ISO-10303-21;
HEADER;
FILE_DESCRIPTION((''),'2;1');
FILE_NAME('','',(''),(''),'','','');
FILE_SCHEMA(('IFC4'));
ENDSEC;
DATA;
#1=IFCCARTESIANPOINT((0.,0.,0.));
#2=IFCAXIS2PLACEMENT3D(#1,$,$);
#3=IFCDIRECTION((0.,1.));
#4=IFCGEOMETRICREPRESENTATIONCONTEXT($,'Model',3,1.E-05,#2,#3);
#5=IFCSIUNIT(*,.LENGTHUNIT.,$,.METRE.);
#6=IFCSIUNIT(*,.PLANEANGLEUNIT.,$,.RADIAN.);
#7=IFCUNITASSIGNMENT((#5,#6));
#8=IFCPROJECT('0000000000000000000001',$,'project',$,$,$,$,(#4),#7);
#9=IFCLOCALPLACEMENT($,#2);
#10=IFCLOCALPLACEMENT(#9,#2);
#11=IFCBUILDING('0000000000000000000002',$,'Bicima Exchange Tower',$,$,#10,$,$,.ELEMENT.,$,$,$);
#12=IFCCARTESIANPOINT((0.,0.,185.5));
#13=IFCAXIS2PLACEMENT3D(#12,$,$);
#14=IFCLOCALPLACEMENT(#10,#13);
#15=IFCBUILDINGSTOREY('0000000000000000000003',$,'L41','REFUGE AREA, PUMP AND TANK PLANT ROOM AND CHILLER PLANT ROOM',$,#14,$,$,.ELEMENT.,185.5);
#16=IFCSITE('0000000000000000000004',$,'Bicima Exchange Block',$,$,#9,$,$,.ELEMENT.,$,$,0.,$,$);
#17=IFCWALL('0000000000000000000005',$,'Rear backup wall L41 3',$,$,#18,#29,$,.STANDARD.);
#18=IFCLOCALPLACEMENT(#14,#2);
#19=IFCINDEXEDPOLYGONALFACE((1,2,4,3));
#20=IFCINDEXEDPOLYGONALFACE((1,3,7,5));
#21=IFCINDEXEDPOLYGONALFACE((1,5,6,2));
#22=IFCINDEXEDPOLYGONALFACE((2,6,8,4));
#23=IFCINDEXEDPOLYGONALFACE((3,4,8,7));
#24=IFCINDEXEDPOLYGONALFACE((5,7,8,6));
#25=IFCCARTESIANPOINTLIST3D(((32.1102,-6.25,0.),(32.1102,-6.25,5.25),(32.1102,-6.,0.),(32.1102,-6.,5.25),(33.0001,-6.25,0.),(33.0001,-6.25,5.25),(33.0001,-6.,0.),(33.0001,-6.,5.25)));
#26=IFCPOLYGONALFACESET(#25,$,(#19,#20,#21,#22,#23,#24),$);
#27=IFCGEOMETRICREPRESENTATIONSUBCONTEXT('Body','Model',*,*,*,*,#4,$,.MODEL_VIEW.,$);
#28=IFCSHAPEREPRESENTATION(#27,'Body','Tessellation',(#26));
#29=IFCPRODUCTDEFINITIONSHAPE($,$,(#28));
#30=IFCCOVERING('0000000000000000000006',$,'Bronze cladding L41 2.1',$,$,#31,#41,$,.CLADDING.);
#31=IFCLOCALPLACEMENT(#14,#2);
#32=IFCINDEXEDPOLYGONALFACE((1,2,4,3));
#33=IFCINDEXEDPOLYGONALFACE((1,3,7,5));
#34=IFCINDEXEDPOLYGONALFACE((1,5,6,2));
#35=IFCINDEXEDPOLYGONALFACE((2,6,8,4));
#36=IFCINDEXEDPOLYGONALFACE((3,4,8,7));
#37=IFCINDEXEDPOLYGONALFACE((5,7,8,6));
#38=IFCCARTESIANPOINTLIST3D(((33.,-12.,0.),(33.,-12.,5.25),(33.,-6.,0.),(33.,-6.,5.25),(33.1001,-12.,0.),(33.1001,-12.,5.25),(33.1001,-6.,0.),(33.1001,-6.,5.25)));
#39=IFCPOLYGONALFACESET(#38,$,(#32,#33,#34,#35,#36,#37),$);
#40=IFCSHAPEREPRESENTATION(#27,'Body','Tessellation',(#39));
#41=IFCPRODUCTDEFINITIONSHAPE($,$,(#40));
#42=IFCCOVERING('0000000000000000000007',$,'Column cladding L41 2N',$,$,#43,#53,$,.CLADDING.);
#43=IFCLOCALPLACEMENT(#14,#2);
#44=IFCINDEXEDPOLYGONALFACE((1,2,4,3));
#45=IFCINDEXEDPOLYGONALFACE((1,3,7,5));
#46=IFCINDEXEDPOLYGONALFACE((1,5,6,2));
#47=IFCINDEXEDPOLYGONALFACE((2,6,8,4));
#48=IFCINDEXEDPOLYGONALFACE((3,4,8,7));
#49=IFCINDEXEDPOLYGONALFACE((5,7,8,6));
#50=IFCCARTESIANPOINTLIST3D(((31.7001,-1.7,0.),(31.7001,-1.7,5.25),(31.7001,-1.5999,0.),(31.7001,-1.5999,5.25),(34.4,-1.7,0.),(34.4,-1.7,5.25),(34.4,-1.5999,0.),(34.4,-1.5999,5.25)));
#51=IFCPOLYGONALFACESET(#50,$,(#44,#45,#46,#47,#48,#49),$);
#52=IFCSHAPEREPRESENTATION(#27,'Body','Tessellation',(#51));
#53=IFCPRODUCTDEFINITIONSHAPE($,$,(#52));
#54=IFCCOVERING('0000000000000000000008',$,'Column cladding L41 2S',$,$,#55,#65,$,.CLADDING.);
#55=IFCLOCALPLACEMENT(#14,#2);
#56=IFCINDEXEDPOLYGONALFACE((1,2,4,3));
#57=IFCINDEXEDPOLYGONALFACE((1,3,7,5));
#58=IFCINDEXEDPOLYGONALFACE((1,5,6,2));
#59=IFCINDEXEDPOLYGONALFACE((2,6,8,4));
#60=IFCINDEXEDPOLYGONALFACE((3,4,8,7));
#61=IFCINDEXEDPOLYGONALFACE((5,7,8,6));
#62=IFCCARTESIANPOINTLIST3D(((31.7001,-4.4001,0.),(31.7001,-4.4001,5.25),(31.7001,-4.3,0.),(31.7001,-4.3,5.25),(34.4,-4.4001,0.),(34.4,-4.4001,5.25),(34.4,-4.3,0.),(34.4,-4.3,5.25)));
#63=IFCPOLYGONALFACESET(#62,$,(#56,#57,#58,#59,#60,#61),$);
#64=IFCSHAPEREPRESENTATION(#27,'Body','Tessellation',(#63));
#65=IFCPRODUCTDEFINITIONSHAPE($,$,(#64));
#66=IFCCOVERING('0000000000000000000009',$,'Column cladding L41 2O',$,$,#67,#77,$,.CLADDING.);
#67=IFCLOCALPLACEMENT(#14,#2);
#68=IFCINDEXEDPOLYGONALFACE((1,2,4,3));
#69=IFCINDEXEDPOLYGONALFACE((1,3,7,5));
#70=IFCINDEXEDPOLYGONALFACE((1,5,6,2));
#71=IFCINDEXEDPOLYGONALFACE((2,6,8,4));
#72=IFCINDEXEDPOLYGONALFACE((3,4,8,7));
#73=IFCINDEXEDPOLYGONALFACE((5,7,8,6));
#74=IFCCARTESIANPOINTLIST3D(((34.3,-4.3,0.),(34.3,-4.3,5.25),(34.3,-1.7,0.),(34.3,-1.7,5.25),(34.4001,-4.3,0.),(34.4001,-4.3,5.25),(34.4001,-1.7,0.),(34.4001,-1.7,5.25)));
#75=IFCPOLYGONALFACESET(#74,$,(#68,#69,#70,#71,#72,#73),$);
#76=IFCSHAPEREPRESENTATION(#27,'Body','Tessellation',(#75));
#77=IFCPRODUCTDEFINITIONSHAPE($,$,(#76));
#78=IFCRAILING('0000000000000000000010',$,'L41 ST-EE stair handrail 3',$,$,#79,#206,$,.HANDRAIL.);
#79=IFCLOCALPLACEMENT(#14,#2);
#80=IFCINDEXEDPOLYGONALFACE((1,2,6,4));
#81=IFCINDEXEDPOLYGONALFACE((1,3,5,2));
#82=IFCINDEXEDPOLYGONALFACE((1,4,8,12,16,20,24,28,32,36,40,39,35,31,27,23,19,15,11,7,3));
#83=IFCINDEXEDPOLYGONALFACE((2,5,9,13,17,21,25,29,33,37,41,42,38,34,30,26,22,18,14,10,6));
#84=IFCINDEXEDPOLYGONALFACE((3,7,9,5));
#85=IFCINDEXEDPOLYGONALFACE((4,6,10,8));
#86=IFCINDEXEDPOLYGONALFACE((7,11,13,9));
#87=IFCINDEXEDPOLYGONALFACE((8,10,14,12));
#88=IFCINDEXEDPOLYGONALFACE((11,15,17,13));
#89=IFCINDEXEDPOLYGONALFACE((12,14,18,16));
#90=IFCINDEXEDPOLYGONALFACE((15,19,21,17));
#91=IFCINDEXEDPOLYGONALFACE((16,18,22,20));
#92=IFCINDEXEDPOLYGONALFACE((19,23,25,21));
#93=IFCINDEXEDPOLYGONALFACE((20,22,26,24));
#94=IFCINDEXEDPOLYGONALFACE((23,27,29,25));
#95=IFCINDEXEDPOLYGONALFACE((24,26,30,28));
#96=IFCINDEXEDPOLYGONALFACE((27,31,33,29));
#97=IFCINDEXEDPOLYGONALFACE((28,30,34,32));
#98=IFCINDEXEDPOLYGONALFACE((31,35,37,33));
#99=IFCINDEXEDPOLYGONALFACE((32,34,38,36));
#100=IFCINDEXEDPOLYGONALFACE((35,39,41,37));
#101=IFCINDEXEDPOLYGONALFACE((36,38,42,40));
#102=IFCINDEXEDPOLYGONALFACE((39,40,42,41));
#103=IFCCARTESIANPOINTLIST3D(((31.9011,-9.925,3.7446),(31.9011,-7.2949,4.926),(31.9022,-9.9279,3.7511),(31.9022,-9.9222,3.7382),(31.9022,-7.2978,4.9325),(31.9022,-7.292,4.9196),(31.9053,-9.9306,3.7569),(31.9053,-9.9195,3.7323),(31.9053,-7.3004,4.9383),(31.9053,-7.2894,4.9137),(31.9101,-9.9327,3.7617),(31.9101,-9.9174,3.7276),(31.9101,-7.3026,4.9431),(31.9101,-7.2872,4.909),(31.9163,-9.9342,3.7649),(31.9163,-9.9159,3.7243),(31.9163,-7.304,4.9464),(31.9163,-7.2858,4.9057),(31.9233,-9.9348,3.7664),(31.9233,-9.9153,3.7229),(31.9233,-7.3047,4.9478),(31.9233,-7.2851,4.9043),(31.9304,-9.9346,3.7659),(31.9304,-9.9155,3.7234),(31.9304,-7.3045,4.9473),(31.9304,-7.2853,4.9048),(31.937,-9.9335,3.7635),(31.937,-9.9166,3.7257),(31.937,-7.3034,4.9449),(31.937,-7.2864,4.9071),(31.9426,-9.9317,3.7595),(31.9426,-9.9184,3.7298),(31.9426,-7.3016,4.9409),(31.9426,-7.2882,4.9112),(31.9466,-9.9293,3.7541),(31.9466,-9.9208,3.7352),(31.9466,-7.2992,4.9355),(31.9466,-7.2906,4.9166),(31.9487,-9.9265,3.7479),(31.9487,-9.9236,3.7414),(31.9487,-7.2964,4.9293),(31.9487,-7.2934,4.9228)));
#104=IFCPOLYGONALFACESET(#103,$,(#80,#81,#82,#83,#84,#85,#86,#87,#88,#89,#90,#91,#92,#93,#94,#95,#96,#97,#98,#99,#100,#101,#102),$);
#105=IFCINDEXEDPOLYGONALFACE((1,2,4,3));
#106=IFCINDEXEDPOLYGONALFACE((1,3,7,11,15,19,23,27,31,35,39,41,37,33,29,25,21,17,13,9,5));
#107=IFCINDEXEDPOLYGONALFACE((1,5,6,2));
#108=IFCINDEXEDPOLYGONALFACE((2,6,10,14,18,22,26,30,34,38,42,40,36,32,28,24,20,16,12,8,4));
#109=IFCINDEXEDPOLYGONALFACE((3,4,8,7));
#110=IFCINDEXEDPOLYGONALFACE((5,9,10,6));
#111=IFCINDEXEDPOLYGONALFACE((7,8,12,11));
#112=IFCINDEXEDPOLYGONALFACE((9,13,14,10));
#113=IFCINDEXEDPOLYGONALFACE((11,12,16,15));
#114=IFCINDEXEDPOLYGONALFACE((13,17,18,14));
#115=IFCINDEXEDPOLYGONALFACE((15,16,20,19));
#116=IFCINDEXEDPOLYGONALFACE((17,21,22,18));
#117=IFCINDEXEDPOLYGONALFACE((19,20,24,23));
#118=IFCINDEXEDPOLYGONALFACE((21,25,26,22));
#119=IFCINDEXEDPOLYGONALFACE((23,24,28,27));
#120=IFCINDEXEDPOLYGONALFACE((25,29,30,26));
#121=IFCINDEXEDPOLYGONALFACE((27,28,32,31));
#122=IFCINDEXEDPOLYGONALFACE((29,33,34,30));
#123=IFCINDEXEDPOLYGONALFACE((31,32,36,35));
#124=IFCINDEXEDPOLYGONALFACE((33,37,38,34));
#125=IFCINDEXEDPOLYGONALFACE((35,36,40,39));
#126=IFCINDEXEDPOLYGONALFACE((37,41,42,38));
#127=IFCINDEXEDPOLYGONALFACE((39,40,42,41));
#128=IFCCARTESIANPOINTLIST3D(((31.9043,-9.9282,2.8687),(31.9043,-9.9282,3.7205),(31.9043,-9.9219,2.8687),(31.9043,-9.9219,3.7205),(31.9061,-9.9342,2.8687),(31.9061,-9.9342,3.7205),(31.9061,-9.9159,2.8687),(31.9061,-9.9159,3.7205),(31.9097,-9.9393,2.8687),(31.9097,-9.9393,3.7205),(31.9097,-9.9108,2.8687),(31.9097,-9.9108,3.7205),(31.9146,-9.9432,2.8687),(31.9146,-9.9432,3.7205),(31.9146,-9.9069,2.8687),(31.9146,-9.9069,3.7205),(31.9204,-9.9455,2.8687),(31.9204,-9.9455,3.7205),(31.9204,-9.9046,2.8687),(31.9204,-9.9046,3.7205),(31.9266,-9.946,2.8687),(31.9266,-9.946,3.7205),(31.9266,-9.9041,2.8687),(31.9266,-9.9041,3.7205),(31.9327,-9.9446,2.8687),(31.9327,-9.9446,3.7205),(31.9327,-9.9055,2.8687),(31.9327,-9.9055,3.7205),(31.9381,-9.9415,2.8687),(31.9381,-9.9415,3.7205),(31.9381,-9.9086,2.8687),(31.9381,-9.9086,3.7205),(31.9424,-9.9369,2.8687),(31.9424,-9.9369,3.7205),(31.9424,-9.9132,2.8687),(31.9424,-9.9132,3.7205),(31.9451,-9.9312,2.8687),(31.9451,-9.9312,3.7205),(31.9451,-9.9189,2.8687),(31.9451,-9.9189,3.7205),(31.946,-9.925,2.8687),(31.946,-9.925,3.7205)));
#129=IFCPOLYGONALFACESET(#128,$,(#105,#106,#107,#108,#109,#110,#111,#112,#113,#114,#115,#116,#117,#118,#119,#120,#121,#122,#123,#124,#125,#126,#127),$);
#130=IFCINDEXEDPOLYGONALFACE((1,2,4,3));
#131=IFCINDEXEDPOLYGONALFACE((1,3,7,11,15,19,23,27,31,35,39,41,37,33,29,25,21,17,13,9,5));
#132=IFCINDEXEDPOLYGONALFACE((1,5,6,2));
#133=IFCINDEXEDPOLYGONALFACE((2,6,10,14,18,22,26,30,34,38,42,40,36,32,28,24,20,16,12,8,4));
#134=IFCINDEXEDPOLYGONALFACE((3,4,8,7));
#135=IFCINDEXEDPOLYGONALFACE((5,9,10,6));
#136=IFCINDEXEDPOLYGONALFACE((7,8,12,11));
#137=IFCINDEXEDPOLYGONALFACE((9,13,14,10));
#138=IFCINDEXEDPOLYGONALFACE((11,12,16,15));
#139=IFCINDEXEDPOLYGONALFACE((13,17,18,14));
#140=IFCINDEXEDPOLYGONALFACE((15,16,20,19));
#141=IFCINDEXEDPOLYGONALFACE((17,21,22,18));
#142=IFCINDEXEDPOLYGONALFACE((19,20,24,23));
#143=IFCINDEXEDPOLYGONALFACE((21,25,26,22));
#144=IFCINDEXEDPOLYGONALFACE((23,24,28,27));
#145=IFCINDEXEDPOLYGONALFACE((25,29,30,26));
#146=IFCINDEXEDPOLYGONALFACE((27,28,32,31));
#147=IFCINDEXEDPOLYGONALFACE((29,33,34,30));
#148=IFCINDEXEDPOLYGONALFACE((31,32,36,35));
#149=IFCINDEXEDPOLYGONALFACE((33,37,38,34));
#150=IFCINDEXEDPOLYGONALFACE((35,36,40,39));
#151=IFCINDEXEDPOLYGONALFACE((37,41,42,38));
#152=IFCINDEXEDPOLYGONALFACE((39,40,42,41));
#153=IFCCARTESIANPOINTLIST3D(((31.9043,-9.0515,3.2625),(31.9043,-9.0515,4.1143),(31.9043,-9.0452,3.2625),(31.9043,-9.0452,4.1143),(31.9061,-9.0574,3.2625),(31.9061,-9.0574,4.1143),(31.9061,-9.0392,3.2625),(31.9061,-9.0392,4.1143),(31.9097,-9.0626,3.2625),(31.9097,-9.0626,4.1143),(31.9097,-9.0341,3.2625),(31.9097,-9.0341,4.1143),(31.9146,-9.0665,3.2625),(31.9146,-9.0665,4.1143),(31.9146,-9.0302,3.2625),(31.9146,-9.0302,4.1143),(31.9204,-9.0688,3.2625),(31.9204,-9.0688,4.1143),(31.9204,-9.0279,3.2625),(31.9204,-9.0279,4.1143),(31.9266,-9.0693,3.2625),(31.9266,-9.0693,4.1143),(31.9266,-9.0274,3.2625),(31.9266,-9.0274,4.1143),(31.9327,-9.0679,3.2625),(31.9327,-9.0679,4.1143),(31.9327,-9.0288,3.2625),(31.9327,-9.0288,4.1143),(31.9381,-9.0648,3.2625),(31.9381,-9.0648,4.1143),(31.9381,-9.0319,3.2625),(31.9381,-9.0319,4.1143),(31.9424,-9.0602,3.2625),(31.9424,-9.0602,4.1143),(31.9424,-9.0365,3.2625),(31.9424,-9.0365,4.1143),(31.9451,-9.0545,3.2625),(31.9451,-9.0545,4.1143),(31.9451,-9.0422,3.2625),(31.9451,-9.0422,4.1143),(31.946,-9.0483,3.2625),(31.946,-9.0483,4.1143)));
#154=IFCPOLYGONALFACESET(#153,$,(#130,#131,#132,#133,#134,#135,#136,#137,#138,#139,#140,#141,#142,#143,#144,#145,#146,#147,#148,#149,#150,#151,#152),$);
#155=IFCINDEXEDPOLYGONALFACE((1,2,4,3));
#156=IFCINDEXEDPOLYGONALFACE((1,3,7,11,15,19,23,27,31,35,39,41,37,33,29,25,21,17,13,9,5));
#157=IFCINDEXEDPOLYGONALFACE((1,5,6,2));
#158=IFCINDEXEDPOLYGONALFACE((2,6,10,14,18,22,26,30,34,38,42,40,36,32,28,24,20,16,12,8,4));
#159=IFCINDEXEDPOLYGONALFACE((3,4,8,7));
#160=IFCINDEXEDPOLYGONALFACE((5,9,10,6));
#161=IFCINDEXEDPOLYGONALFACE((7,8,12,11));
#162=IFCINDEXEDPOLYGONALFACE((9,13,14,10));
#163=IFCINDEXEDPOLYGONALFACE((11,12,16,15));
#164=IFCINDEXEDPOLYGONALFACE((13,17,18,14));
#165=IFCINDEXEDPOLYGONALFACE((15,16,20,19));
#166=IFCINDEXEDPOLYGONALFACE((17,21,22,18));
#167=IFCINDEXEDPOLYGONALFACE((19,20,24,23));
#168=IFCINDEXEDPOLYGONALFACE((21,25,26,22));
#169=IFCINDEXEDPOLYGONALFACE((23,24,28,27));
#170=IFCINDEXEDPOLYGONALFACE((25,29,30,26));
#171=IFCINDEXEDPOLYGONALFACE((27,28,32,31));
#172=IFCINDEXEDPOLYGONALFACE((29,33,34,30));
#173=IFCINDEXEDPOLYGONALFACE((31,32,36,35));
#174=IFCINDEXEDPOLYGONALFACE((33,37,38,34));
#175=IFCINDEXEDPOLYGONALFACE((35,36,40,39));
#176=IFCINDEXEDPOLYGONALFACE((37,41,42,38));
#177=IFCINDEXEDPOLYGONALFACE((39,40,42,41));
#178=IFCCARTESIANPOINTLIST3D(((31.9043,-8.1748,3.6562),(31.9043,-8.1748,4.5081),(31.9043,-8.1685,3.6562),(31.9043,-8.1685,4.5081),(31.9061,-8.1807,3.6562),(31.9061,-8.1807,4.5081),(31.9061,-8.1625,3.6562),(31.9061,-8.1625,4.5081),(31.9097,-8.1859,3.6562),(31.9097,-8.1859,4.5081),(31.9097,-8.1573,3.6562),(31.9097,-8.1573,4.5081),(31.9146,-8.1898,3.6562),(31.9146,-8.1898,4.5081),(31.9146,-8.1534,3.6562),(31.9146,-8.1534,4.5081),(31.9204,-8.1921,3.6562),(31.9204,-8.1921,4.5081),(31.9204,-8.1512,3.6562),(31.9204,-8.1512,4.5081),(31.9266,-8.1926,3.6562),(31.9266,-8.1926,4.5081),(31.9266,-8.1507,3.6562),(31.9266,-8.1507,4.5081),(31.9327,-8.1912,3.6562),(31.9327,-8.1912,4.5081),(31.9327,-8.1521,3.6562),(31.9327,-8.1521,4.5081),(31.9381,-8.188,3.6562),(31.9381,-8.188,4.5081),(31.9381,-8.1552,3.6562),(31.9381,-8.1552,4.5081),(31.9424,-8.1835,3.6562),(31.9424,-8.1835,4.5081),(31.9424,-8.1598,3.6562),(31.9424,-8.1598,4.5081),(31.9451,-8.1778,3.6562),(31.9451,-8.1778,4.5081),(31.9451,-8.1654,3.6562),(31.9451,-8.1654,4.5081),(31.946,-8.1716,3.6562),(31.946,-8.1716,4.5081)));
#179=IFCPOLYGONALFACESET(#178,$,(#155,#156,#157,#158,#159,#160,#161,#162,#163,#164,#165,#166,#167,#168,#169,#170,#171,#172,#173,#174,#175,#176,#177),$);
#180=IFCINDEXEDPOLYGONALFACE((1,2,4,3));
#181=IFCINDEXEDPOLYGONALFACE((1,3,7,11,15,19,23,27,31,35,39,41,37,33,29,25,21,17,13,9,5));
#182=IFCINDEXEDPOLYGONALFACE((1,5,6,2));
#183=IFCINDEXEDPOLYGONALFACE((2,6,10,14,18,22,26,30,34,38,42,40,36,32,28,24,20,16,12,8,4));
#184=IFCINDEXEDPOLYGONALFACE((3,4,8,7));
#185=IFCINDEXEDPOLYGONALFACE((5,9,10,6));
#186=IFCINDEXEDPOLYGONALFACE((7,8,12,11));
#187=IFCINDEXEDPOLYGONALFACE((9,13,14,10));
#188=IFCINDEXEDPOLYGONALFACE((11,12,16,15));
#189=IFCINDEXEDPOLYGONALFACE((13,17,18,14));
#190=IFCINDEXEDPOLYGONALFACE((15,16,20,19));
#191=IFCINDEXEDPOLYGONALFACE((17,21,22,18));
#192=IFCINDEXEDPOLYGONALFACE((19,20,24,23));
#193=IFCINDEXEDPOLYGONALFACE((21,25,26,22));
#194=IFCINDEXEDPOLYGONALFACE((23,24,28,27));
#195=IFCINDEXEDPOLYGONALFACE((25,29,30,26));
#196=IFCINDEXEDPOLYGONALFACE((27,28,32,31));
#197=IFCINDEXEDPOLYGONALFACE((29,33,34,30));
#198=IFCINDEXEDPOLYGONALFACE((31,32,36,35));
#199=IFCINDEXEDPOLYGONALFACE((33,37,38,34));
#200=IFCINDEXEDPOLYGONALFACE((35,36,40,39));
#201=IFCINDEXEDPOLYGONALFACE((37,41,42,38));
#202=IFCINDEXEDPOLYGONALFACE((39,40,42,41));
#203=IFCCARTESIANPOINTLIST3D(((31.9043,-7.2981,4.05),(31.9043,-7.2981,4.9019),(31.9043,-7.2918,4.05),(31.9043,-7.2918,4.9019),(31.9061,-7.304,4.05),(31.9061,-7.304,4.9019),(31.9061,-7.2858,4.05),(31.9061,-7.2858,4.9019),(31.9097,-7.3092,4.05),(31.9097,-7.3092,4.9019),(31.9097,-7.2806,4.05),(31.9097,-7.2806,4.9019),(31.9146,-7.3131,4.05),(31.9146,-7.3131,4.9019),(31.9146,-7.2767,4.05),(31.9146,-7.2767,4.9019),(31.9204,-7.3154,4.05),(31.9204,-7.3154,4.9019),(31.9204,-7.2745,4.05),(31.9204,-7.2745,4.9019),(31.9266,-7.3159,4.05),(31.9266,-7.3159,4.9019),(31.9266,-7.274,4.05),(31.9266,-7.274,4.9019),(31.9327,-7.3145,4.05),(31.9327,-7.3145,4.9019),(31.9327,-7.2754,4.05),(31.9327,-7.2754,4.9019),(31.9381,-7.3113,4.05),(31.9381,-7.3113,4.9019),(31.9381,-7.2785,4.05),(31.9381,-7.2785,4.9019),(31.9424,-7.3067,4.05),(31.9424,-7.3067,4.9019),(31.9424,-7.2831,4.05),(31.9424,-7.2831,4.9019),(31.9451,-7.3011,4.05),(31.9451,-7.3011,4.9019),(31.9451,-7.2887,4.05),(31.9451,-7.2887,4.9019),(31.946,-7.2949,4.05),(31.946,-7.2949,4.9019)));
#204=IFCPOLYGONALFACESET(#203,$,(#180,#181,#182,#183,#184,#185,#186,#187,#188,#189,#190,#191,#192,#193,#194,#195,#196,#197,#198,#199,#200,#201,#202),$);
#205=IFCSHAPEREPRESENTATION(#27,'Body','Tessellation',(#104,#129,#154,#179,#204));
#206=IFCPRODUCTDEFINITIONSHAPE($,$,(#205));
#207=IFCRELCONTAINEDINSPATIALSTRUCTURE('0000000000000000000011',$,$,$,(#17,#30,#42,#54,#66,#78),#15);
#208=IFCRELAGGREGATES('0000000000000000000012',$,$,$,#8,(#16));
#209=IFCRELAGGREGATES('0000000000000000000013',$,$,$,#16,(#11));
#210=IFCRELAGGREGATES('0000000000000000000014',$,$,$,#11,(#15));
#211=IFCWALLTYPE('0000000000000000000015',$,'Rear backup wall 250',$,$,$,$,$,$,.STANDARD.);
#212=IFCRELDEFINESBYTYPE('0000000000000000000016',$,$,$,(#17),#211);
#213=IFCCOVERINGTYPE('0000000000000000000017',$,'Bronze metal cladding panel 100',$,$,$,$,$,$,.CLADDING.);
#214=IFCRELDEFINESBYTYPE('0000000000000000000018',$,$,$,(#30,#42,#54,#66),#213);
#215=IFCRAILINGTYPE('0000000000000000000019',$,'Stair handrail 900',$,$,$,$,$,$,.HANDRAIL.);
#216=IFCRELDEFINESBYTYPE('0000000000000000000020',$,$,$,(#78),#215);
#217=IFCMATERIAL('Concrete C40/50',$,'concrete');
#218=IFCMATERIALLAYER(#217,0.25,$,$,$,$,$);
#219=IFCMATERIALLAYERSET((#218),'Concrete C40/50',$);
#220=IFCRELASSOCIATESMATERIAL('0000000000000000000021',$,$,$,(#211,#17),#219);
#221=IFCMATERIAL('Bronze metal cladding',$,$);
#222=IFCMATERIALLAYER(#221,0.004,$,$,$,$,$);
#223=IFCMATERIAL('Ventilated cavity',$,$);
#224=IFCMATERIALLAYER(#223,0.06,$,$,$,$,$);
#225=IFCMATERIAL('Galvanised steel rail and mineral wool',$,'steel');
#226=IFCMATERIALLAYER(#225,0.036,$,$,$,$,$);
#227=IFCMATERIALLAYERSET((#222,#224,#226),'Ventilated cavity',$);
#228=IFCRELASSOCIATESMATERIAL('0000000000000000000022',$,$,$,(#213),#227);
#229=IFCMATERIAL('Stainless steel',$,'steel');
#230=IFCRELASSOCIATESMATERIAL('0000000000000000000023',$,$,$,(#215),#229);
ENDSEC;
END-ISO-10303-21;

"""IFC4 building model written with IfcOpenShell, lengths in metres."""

from ifc_helpers import new_model, si_unit, direction, frame, frame_2d, origin, origin_2d, place, context, subcontext, project, spatial, rectangle, circle, extrude, material, layer, layer_set, layer_usage, type_object, element, save


model = new_model("IFC4")

# Units and contexts
model_context = context("Model", 3, precision=1e-05, world=origin(), true_north=direction((0.0, 1.0)))
body_context = subcontext(model_context, "Body", "Model", "MODEL_VIEW")
ifc_project = project(units=[si_unit("LENGTHUNIT", "METRE"), si_unit("PLANEANGLEUNIT", "RADIAN")], contexts=[model_context])

# Site, building, storey
site_placement = place(None, origin())
site = spatial("IfcSite", under=ifc_project, at=site_placement, Name="Bicima Exchange Block", CompositionType="ELEMENT", RefElevation=0.0)
building_placement = place(site_placement, origin())
building = spatial("IfcBuilding", under=site, at=building_placement, Name="Bicima Exchange Tower", CompositionType="ELEMENT")
storey_placement = place(building_placement, frame((0.0, 0.0, 185.5)))
storey = spatial("IfcBuildingStorey", under=building, at=storey_placement, Name="L41", Description="REFUGE AREA, PUMP AND TANK PLANT ROOM AND CHILLER PLANT ROOM", CompositionType="ELEMENT", Elevation=185.5)

# Wall
ifc_material_1 = material(Name="Concrete C40/50", Category="concrete")
ifc_layer_1 = layer(ifc_material_1, 0.25)
ifc_layer_set_1 = layer_set([ifc_layer_1], Name="Concrete C40/50")
ifc_layer_usage = layer_usage(ifc_layer_set_1, "AXIS2", "POSITIVE", -0.125)
wall_type_1 = type_object("IfcWallType", Name="Rear backup wall 250", PredefinedType="STANDARD", material=ifc_layer_set_1)
wall_1_placement = place(storey_placement, frame((33.0, -6.125, 0.0), z_axis=(0.0, 0.0, 1.0), x_axis=(-1.0, 0.0, 0.0)))
element("IfcWall", 1, at=wall_1_placement, inside=storey, type_object=wall_type_1, material=ifc_layer_usage, Name="Rear backup wall L41 3", PredefinedType="STANDARD", context=body_context, shape_type="SweptSolid", body=[
    extrude(rectangle(XDim=0.8899, YDim=0.25, at=frame_2d((0.4448, 0.0))), origin(), (0.0, 0.0, 1.0), 5.25),
])

# Coverings
ifc_material_2 = material(Name="Bronze metal cladding")
ifc_layer_2 = layer(ifc_material_2, 0.004)
ifc_material_3 = material(Name="Ventilated cavity")
ifc_layer_3 = layer(ifc_material_3, 0.06)
ifc_material_4 = material(Name="Galvanised steel rail and mineral wool", Category="steel")
ifc_layer_4 = layer(ifc_material_4, 0.036)
ifc_layer_set_2 = layer_set([ifc_layer_2, ifc_layer_3, ifc_layer_4], Name="Ventilated cavity")
covering_type = type_object("IfcCoveringType", Name="Bronze metal cladding panel 100", PredefinedType="CLADDING", material=ifc_layer_set_2)
covering_1_placement = place(storey_placement, frame((33.05, -9.0, 0.0), z_axis=(0.0, 0.0, 1.0), x_axis=(0.0, 1.0, 0.0)))
element("IfcCovering", 2, at=covering_1_placement, inside=storey, type_object=covering_type, Name="Bronze cladding L41 2.1", PredefinedType="CLADDING", context=body_context, shape_type="SweptSolid", body=[
    extrude(rectangle(XDim=6.0, YDim=0.1001, at=origin_2d()), origin(), (0.0, 0.0, 1.0), 5.25),
])
for number, where, z_axis, x_axis, name in (
    (3, (33.05, -1.6499, 0.0), (0.0, 0.0, 1.0), (1.0, 0.0, 0.0), "Column cladding L41 2N"),
    (4, (33.05, -4.3501, 0.0), (0.0, 0.0, 1.0), (1.0, 0.0, 0.0), "Column cladding L41 2S"),
):
    element("IfcCovering", number, at=place(storey_placement, frame(where, z_axis=z_axis, x_axis=x_axis)), inside=storey, type_object=covering_type, Name=name, PredefinedType="CLADDING", context=body_context, shape_type="SweptSolid", body=[
        extrude(rectangle(XDim=2.7, YDim=0.1001, at=origin_2d()), origin(), (0.0, 0.0, 1.0), 5.25),
    ])
covering_2_placement = place(storey_placement, frame((34.3501, -3.0, 0.0), z_axis=(0.0, 0.0, 1.0), x_axis=(1.0, 0.0, 0.0)))
element("IfcCovering", 5, at=covering_2_placement, inside=storey, type_object=covering_type, Name="Column cladding L41 2O", PredefinedType="CLADDING", context=body_context, shape_type="SweptSolid", body=[
    extrude(rectangle(XDim=0.1001, YDim=2.6001, at=origin_2d()), origin(), (0.0, 0.0, 1.0), 5.25),
])

# Railing
ifc_material_5 = material(Name="Stainless steel", Category="steel")
railing_type_1 = type_object("IfcRailingType", Name="Stair handrail 900", PredefinedType="HANDRAIL", material=ifc_material_5)
railing_1_placement = place(storey_placement, frame((31.925, -9.925, 2.8687)))
element("IfcRailing", 6, at=railing_1_placement, inside=storey, type_object=railing_type_1, Name="L41 ST-EE stair handrail 3", PredefinedType="HANDRAIL", context=body_context, shape_type="SweptSolid", body=[
    extrude(circle(Radius=0.0239, at=origin_2d()), frame((0.0, 0.0, 0.876), z_axis=(0.0, 0.912202, 0.409741), x_axis=(-1.0, 0.0, 0.0)), (0.0, 0.0, 1.0), 2.8833),
    extrude(circle(Radius=0.021, at=origin_2d()), origin(), (0.0, 0.0, 1.0), 0.8518),
    extrude(circle(Radius=0.021, at=origin_2d()), frame((0.0, 0.8767, 0.3938)), (0.0, 0.0, 1.0), 0.8518),
    extrude(circle(Radius=0.021, at=origin_2d()), frame((0.0, 1.7534, 0.7876)), (0.0, 0.0, 1.0), 0.8518),
    extrude(circle(Radius=0.021, at=origin_2d()), frame((0.0, 2.6301, 1.1814)), (0.0, 0.0, 1.0), 0.8518),
])

save(model, "model.ifc")
